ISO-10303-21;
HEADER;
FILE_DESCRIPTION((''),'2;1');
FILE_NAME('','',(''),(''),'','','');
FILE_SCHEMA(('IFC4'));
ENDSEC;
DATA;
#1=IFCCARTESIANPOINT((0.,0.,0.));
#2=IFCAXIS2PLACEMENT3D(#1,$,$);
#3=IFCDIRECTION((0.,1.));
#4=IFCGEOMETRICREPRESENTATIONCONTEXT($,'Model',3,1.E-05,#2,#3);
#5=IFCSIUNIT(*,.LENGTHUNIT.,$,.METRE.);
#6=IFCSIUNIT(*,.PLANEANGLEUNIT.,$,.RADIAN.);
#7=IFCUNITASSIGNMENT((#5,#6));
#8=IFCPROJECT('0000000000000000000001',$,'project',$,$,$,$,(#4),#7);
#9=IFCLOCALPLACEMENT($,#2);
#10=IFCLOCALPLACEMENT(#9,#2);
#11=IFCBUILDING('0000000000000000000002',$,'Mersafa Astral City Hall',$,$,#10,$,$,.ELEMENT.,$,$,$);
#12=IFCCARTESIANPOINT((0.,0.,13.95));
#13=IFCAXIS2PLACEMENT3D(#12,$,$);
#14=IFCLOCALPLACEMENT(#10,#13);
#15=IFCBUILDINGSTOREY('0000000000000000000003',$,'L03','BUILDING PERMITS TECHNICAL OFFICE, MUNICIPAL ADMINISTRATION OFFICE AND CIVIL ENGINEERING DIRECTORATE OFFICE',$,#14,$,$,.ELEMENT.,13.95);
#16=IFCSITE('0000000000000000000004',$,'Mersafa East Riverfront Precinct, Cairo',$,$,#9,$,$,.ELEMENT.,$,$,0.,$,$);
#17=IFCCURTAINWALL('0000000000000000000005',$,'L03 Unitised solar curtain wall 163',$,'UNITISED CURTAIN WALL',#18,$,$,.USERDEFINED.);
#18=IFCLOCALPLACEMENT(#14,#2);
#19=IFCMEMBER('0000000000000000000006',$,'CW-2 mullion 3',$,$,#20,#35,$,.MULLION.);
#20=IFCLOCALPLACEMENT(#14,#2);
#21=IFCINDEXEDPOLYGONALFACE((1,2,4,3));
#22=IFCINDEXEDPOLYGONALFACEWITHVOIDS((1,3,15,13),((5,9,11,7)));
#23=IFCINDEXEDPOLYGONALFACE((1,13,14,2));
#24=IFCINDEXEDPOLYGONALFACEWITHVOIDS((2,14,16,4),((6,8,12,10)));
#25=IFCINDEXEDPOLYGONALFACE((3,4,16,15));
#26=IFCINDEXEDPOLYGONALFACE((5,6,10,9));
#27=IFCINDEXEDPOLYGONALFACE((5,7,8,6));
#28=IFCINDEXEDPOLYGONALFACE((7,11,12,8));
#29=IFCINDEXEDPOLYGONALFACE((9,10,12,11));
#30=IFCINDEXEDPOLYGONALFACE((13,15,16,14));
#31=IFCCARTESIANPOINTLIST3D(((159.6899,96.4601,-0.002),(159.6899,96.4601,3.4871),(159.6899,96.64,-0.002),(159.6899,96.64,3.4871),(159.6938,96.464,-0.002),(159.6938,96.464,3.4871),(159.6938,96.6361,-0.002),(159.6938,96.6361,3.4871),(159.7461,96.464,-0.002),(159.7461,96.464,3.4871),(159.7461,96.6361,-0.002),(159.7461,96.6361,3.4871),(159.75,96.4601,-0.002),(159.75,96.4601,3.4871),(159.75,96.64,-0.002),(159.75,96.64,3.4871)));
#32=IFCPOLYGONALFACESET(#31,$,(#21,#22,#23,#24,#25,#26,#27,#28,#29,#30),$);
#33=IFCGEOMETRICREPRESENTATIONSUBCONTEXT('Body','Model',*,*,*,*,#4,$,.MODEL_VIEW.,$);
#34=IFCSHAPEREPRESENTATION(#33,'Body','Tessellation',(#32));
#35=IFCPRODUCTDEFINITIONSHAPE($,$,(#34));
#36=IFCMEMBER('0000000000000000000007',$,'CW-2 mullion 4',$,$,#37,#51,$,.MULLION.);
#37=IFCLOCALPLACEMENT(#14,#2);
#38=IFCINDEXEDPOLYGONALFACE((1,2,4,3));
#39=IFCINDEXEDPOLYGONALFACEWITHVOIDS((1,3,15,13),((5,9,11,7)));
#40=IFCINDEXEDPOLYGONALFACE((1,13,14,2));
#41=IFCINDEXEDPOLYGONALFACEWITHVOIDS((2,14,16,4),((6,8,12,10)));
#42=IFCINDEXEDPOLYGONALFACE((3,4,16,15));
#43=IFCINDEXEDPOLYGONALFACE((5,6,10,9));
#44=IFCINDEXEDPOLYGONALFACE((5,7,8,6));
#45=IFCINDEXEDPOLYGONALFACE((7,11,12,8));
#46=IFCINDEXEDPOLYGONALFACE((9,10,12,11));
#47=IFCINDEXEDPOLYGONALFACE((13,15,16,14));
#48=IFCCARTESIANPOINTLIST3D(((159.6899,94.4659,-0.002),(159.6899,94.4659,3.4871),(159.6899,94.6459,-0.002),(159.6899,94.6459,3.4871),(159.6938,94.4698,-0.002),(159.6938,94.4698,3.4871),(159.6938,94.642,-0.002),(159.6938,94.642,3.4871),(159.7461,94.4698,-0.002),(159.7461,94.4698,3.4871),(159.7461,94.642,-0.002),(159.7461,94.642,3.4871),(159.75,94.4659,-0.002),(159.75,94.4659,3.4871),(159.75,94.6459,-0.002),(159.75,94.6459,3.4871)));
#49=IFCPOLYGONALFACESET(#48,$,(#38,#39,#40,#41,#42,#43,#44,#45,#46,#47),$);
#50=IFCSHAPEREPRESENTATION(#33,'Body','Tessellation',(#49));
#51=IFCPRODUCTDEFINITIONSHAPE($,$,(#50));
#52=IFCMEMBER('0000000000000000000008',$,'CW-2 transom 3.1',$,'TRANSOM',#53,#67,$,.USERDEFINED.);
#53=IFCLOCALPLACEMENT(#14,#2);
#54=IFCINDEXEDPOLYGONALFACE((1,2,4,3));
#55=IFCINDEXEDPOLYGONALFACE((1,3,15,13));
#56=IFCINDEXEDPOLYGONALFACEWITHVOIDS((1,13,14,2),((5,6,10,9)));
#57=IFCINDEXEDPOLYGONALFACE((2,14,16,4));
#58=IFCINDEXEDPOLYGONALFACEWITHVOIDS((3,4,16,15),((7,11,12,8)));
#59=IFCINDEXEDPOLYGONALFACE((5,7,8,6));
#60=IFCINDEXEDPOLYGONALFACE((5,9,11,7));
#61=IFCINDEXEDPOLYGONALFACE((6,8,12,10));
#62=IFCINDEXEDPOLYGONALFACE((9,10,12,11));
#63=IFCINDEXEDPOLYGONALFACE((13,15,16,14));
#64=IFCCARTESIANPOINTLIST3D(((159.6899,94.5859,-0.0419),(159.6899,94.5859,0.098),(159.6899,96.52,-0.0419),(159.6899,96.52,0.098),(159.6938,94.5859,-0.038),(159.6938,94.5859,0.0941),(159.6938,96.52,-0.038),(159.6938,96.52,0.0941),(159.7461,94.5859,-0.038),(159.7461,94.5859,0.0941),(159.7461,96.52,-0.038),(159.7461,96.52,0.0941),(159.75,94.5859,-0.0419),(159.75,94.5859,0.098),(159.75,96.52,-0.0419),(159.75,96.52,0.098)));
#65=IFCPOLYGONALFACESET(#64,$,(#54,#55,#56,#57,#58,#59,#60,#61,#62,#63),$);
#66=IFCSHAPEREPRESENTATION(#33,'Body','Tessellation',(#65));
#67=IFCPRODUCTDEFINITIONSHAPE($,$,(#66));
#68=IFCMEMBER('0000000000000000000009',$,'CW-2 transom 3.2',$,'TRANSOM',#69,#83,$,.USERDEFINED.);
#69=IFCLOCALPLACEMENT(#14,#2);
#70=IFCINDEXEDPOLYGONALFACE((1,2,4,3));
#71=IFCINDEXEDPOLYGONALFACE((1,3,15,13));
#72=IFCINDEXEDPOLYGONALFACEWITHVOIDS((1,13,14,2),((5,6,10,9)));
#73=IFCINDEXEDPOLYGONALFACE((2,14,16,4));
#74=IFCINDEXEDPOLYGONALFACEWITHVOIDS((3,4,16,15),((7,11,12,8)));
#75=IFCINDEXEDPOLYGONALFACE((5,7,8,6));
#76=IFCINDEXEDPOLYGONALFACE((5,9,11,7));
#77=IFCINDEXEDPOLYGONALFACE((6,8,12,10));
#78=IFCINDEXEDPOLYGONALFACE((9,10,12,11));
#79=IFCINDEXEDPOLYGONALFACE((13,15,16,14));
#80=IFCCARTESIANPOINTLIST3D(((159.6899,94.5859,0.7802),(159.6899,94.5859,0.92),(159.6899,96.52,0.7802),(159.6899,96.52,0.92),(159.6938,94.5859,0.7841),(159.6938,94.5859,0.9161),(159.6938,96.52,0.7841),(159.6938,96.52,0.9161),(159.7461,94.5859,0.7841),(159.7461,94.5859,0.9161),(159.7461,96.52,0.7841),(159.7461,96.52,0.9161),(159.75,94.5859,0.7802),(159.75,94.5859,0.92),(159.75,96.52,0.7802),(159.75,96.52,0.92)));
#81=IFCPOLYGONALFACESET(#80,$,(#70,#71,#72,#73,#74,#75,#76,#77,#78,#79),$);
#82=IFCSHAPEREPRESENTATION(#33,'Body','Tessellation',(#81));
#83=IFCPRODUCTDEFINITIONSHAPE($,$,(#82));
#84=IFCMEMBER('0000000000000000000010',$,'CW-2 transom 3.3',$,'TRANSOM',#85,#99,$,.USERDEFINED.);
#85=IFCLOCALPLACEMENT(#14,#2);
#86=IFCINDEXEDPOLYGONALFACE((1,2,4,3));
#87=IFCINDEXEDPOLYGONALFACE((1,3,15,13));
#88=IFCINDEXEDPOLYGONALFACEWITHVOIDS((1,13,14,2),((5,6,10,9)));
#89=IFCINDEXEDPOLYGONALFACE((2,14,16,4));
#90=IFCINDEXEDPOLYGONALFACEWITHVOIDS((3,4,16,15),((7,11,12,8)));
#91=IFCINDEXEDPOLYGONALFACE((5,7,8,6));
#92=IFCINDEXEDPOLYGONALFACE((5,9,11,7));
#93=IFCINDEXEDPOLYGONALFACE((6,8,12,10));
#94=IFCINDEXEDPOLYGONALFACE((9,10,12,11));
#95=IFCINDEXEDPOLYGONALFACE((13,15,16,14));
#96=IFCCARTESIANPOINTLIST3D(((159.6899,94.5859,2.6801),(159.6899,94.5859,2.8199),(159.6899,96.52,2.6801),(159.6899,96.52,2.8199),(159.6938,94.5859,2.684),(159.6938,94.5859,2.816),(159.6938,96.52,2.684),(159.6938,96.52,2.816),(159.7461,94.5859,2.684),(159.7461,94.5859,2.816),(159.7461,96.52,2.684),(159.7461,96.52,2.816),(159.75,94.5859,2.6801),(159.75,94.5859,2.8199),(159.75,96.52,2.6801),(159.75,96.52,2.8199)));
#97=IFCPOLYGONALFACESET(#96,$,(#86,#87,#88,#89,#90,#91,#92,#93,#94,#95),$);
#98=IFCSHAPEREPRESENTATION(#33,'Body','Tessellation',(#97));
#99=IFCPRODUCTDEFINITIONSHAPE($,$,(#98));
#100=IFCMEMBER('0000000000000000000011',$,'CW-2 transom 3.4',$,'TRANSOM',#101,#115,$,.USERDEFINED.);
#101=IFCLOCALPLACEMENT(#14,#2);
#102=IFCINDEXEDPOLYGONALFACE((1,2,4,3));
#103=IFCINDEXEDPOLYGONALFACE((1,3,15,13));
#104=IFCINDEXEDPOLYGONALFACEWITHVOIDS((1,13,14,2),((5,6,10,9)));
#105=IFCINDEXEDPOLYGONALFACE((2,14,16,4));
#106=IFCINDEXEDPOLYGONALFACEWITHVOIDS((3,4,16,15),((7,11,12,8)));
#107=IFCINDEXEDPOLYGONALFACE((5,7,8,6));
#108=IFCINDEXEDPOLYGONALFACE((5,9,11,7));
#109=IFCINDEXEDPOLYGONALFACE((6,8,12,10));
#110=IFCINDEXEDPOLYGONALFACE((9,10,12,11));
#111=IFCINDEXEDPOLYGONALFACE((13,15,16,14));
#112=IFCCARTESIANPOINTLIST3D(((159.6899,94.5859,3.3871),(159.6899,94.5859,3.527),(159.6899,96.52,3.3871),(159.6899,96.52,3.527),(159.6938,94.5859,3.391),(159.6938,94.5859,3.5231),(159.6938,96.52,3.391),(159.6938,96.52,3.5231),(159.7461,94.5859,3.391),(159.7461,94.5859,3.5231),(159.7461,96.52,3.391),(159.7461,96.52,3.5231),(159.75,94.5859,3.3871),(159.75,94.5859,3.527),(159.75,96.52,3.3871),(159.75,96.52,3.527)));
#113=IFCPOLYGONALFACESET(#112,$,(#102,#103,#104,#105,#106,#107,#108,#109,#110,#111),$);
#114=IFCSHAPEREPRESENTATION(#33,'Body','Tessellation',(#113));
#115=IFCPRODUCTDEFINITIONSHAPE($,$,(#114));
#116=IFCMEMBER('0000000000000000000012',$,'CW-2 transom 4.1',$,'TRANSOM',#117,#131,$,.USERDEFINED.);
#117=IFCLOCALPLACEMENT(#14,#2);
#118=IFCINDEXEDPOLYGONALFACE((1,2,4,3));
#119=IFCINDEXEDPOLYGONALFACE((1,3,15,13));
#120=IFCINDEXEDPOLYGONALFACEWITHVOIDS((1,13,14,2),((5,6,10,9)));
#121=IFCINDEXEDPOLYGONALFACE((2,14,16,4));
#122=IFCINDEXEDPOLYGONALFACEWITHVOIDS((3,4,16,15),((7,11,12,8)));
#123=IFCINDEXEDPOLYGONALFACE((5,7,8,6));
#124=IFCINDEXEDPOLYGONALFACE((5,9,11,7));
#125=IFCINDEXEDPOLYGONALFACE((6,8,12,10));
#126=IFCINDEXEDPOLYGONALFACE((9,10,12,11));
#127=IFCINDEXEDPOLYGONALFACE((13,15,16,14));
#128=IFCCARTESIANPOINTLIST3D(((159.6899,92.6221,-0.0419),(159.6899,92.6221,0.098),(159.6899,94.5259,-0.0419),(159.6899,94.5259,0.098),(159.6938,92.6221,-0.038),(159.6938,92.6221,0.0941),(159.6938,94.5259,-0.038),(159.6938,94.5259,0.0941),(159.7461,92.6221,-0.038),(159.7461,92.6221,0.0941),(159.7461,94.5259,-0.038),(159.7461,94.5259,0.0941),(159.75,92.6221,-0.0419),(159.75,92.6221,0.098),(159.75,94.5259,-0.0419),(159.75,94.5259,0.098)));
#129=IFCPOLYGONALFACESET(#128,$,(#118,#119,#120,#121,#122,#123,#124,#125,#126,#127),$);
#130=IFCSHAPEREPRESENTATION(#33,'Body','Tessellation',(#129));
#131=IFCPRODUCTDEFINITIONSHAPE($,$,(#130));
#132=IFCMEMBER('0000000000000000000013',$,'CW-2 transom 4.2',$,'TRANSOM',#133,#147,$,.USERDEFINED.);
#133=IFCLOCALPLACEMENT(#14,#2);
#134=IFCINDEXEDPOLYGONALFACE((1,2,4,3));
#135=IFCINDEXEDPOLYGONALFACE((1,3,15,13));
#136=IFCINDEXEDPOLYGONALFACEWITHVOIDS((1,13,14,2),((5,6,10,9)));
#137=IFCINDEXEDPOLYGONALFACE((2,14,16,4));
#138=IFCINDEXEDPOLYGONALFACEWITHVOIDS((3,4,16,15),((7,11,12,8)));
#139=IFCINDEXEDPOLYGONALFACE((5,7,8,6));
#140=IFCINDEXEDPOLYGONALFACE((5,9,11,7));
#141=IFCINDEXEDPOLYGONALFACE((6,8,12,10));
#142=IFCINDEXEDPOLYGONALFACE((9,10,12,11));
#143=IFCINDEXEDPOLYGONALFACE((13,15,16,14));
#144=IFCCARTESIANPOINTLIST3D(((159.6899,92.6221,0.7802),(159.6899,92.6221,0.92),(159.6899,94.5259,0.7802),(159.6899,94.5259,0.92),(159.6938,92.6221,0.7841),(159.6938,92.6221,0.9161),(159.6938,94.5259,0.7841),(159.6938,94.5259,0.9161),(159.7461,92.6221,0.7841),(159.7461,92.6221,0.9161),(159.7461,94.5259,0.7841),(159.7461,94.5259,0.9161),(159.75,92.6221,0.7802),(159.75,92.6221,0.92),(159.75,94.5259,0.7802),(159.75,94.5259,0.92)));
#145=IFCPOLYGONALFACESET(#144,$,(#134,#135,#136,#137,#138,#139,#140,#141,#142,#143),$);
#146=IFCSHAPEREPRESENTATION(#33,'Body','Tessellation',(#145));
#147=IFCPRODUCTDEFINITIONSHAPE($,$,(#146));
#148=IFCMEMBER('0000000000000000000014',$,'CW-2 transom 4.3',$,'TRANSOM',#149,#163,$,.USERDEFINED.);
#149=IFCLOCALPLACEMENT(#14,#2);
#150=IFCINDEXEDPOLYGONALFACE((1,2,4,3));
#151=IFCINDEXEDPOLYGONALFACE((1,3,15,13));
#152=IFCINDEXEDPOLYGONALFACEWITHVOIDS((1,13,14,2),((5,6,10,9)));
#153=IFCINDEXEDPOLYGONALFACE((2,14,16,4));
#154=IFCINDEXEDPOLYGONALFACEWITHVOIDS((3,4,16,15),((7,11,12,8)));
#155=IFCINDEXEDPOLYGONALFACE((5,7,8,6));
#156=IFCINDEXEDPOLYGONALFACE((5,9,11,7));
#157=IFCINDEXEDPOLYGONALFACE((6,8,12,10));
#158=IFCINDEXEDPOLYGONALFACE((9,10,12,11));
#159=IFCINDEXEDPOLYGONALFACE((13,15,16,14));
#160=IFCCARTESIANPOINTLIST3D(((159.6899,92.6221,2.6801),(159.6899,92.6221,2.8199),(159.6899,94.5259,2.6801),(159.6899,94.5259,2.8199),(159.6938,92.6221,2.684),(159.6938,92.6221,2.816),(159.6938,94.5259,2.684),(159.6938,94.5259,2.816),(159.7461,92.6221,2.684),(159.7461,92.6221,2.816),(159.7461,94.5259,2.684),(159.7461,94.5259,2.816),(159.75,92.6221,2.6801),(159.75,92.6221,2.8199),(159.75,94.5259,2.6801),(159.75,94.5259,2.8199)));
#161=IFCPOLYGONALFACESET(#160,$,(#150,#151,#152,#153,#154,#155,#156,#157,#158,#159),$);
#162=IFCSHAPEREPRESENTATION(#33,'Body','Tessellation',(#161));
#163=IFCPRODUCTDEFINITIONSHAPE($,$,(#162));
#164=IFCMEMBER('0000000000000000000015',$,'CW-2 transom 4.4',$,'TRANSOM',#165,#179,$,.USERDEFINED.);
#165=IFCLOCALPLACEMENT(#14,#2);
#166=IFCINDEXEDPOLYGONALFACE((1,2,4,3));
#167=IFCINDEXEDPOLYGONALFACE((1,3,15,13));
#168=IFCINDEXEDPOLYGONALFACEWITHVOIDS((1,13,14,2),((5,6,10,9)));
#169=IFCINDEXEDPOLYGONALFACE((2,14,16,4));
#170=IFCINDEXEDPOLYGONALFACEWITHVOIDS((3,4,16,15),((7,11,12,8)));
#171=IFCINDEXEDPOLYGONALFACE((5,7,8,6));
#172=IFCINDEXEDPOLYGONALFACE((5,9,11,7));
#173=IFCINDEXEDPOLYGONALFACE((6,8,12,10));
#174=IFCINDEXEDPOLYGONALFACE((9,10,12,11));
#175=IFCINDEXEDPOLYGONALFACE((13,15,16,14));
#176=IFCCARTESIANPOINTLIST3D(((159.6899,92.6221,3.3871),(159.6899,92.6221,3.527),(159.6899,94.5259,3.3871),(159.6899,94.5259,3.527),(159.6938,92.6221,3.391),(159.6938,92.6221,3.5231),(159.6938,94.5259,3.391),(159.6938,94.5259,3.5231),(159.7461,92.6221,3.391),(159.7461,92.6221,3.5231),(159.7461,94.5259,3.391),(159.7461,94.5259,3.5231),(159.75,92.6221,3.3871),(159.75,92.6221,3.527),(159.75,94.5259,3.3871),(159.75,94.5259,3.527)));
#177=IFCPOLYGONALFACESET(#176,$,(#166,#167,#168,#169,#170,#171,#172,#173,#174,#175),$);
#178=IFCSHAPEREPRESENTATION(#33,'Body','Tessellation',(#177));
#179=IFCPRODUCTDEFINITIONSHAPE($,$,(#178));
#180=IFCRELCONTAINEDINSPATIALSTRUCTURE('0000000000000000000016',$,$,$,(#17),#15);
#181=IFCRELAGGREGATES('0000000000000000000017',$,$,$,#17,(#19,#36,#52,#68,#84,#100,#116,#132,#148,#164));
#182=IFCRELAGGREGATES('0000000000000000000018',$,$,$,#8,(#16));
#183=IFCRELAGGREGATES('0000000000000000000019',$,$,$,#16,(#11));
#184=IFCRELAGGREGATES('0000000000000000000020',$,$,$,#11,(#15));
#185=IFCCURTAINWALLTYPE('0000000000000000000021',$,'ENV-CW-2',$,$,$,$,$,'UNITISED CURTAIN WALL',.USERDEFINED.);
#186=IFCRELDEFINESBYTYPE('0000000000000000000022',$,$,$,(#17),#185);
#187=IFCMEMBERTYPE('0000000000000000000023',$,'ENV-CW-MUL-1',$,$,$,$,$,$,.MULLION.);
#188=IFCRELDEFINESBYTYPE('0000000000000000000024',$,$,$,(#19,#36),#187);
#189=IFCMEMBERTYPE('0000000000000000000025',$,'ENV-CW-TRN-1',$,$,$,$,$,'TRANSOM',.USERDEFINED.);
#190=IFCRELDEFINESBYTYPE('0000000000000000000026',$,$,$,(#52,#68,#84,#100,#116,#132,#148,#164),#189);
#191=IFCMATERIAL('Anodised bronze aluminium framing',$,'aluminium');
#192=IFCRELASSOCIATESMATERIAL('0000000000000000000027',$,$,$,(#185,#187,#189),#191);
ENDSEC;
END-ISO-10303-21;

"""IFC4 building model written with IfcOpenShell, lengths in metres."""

from ifc_helpers import new_model, si_unit, direction, frame, origin, origin_2d, place, context, subcontext, project, spatial, hollow_rectangle, extrude, material, material_profile, profile_set, type_object, element, aggregate, save


model = new_model("IFC4")

# Units and contexts
model_context = context("Model", 3, precision=1e-05, world=origin(), true_north=direction((0.0, 1.0)))
body_context = subcontext(model_context, "Body", "Model", "MODEL_VIEW")
ifc_project = project(units=[si_unit("LENGTHUNIT", "METRE"), si_unit("PLANEANGLEUNIT", "RADIAN")], contexts=[model_context])

# Site, building, storey
site_placement = place(None, origin())
site = spatial("IfcSite", under=ifc_project, at=site_placement, Name="Mersafa East Riverfront Precinct, Cairo", CompositionType="ELEMENT", RefElevation=0.0)
building_placement = place(site_placement, origin())
building = spatial("IfcBuilding", under=site, at=building_placement, Name="Mersafa Astral City Hall", CompositionType="ELEMENT")
storey_placement = place(building_placement, frame((0.0, 0.0, 13.95)))
storey = spatial("IfcBuildingStorey", under=building, at=storey_placement, Name="L03", Description="BUILDING PERMITS TECHNICAL OFFICE, MUNICIPAL ADMINISTRATION OFFICE AND CIVIL ENGINEERING DIRECTORATE OFFICE", CompositionType="ELEMENT", Elevation=13.95)

# Curtain wall, members
ifc_material_1 = material(Name="Anodised bronze aluminium framing", Category="aluminium")
curtain_wall_type = type_object("IfcCurtainWallType", Name="ENV-CW-2", ElementType="UNITISED CURTAIN WALL", PredefinedType="USERDEFINED", material=ifc_material_1)
curtain_wall_placement = place(storey_placement, origin())
curtain_wall = element("IfcCurtainWall", 1, at=curtain_wall_placement, inside=storey, type_object=curtain_wall_type, Name="L03 Unitised solar curtain wall 163", ObjectType="UNITISED CURTAIN WALL", PredefinedType="USERDEFINED")
ifc_material_profile_1 = material_profile(ifc_material_1, hollow_rectangle(XDim=0.0601, YDim=0.1799, WallThickness=0.0039, at=origin_2d()), Name="RHS 60x180x4")
ifc_profile_set_1 = profile_set([ifc_material_profile_1], Name="Anodised bronze aluminium framing")
member_type_1 = type_object("IfcMemberType", Name="ENV-CW-MUL-1", PredefinedType="MULLION", material=ifc_profile_set_1)
member_1_placement = place(storey_placement, frame((159.72, 96.55, -0.002), z_axis=(0.0, 0.0, 1.0), x_axis=(1.0, 0.0, 0.0)))
member_1 = element("IfcMember", 2, at=member_1_placement, type_object=member_type_1, Name="CW-2 mullion 3", PredefinedType="MULLION", context=body_context, shape_type="SweptSolid", body=[
    extrude(hollow_rectangle(XDim=0.0601, YDim=0.1799, WallThickness=0.0039, at=origin_2d()), origin(), (0.0, 0.0, 1.0), 3.489),
])
member_2_placement = place(storey_placement, frame((159.72, 94.5559, -0.002), z_axis=(0.0, 0.0, 1.0), x_axis=(1.0, 0.0, 0.0)))
member_2 = element("IfcMember", 3, at=member_2_placement, type_object=member_type_1, Name="CW-2 mullion 4", PredefinedType="MULLION", context=body_context, shape_type="SweptSolid", body=[
    extrude(hollow_rectangle(XDim=0.0601, YDim=0.1799, WallThickness=0.0039, at=origin_2d()), origin(), (0.0, 0.0, 1.0), 3.489),
])
ifc_material_profile_2 = material_profile(ifc_material_1, hollow_rectangle(XDim=0.0601, YDim=0.1399, WallThickness=0.0039, at=origin_2d()), Name="RHS 60x140x4")
ifc_profile_set_2 = profile_set([ifc_material_profile_2], Name="Anodised bronze aluminium framing")
member_type_2 = type_object("IfcMemberType", Name="ENV-CW-TRN-1", ElementType="TRANSOM", PredefinedType="USERDEFINED", material=ifc_profile_set_2)
member_3_placement = place(storey_placement, frame((159.72, 96.52, 0.0281), z_axis=(0.0, -1.0, 0.0), x_axis=(1.0, 0.0, 0.0)))
member_3 = element("IfcMember", 4, at=member_3_placement, type_object=member_type_2, Name="CW-2 transom 3.1", ObjectType="TRANSOM", PredefinedType="USERDEFINED", context=body_context, shape_type="SweptSolid", body=[
    extrude(hollow_rectangle(XDim=0.0601, YDim=0.1399, WallThickness=0.0039, at=origin_2d()), origin(), (0.0, 0.0, 1.0), 1.9341),
])
member_4_placement = place(storey_placement, frame((159.72, 96.52, 0.8501), z_axis=(0.0, -1.0, 0.0), x_axis=(1.0, 0.0, 0.0)))
member_4 = element("IfcMember", 5, at=member_4_placement, type_object=member_type_2, Name="CW-2 transom 3.2", ObjectType="TRANSOM", PredefinedType="USERDEFINED", context=body_context, shape_type="SweptSolid", body=[
    extrude(hollow_rectangle(XDim=0.0601, YDim=0.1399, WallThickness=0.0039, at=origin_2d()), origin(), (0.0, 0.0, 1.0), 1.9341),
])
member_5_placement = place(storey_placement, frame((159.72, 96.52, 2.75), z_axis=(0.0, -1.0, 0.0), x_axis=(1.0, 0.0, 0.0)))
member_5 = element("IfcMember", 6, at=member_5_placement, type_object=member_type_2, Name="CW-2 transom 3.3", ObjectType="TRANSOM", PredefinedType="USERDEFINED", context=body_context, shape_type="SweptSolid", body=[
    extrude(hollow_rectangle(XDim=0.0601, YDim=0.1399, WallThickness=0.0039, at=origin_2d()), origin(), (0.0, 0.0, 1.0), 1.9341),
])
member_6_placement = place(storey_placement, frame((159.72, 96.52, 3.457), z_axis=(0.0, -1.0, 0.0), x_axis=(1.0, 0.0, 0.0)))
member_6 = element("IfcMember", 7, at=member_6_placement, type_object=member_type_2, Name="CW-2 transom 3.4", ObjectType="TRANSOM", PredefinedType="USERDEFINED", context=body_context, shape_type="SweptSolid", body=[
    extrude(hollow_rectangle(XDim=0.0601, YDim=0.1399, WallThickness=0.0039, at=origin_2d()), origin(), (0.0, 0.0, 1.0), 1.9341),
])
member_7_placement = place(storey_placement, frame((159.72, 94.5259, 0.0281), z_axis=(0.0, -1.0, 0.0), x_axis=(1.0, 0.0, 0.0)))
member_7 = element("IfcMember", 8, at=member_7_placement, type_object=member_type_2, Name="CW-2 transom 4.1", ObjectType="TRANSOM", PredefinedType="USERDEFINED", context=body_context, shape_type="SweptSolid", body=[
    extrude(hollow_rectangle(XDim=0.0601, YDim=0.1399, WallThickness=0.0039, at=origin_2d()), origin(), (0.0, 0.0, 1.0), 1.9038),
])
member_8_placement = place(storey_placement, frame((159.72, 94.5259, 0.8501), z_axis=(0.0, -1.0, 0.0), x_axis=(1.0, 0.0, 0.0)))
member_8 = element("IfcMember", 9, at=member_8_placement, type_object=member_type_2, Name="CW-2 transom 4.2", ObjectType="TRANSOM", PredefinedType="USERDEFINED", context=body_context, shape_type="SweptSolid", body=[
    extrude(hollow_rectangle(XDim=0.0601, YDim=0.1399, WallThickness=0.0039, at=origin_2d()), origin(), (0.0, 0.0, 1.0), 1.9038),
])
member_9_placement = place(storey_placement, frame((159.72, 94.5259, 2.75), z_axis=(0.0, -1.0, 0.0), x_axis=(1.0, 0.0, 0.0)))
member_9 = element("IfcMember", 10, at=member_9_placement, type_object=member_type_2, Name="CW-2 transom 4.3", ObjectType="TRANSOM", PredefinedType="USERDEFINED", context=body_context, shape_type="SweptSolid", body=[
    extrude(hollow_rectangle(XDim=0.0601, YDim=0.1399, WallThickness=0.0039, at=origin_2d()), origin(), (0.0, 0.0, 1.0), 1.9038),
])
member_10_placement = place(storey_placement, frame((159.72, 94.5259, 3.457), z_axis=(0.0, -1.0, 0.0), x_axis=(1.0, 0.0, 0.0)))
member_10 = element("IfcMember", 11, at=member_10_placement, type_object=member_type_2, Name="CW-2 transom 4.4", ObjectType="TRANSOM", PredefinedType="USERDEFINED", context=body_context, shape_type="SweptSolid", body=[
    extrude(hollow_rectangle(XDim=0.0601, YDim=0.1399, WallThickness=0.0039, at=origin_2d()), origin(), (0.0, 0.0, 1.0), 1.9038),
])

aggregate(curtain_wall, [member_1, member_2, member_3, member_4, member_5, member_6, member_7, member_8, member_9, member_10])

save(model, "model.ifc")
